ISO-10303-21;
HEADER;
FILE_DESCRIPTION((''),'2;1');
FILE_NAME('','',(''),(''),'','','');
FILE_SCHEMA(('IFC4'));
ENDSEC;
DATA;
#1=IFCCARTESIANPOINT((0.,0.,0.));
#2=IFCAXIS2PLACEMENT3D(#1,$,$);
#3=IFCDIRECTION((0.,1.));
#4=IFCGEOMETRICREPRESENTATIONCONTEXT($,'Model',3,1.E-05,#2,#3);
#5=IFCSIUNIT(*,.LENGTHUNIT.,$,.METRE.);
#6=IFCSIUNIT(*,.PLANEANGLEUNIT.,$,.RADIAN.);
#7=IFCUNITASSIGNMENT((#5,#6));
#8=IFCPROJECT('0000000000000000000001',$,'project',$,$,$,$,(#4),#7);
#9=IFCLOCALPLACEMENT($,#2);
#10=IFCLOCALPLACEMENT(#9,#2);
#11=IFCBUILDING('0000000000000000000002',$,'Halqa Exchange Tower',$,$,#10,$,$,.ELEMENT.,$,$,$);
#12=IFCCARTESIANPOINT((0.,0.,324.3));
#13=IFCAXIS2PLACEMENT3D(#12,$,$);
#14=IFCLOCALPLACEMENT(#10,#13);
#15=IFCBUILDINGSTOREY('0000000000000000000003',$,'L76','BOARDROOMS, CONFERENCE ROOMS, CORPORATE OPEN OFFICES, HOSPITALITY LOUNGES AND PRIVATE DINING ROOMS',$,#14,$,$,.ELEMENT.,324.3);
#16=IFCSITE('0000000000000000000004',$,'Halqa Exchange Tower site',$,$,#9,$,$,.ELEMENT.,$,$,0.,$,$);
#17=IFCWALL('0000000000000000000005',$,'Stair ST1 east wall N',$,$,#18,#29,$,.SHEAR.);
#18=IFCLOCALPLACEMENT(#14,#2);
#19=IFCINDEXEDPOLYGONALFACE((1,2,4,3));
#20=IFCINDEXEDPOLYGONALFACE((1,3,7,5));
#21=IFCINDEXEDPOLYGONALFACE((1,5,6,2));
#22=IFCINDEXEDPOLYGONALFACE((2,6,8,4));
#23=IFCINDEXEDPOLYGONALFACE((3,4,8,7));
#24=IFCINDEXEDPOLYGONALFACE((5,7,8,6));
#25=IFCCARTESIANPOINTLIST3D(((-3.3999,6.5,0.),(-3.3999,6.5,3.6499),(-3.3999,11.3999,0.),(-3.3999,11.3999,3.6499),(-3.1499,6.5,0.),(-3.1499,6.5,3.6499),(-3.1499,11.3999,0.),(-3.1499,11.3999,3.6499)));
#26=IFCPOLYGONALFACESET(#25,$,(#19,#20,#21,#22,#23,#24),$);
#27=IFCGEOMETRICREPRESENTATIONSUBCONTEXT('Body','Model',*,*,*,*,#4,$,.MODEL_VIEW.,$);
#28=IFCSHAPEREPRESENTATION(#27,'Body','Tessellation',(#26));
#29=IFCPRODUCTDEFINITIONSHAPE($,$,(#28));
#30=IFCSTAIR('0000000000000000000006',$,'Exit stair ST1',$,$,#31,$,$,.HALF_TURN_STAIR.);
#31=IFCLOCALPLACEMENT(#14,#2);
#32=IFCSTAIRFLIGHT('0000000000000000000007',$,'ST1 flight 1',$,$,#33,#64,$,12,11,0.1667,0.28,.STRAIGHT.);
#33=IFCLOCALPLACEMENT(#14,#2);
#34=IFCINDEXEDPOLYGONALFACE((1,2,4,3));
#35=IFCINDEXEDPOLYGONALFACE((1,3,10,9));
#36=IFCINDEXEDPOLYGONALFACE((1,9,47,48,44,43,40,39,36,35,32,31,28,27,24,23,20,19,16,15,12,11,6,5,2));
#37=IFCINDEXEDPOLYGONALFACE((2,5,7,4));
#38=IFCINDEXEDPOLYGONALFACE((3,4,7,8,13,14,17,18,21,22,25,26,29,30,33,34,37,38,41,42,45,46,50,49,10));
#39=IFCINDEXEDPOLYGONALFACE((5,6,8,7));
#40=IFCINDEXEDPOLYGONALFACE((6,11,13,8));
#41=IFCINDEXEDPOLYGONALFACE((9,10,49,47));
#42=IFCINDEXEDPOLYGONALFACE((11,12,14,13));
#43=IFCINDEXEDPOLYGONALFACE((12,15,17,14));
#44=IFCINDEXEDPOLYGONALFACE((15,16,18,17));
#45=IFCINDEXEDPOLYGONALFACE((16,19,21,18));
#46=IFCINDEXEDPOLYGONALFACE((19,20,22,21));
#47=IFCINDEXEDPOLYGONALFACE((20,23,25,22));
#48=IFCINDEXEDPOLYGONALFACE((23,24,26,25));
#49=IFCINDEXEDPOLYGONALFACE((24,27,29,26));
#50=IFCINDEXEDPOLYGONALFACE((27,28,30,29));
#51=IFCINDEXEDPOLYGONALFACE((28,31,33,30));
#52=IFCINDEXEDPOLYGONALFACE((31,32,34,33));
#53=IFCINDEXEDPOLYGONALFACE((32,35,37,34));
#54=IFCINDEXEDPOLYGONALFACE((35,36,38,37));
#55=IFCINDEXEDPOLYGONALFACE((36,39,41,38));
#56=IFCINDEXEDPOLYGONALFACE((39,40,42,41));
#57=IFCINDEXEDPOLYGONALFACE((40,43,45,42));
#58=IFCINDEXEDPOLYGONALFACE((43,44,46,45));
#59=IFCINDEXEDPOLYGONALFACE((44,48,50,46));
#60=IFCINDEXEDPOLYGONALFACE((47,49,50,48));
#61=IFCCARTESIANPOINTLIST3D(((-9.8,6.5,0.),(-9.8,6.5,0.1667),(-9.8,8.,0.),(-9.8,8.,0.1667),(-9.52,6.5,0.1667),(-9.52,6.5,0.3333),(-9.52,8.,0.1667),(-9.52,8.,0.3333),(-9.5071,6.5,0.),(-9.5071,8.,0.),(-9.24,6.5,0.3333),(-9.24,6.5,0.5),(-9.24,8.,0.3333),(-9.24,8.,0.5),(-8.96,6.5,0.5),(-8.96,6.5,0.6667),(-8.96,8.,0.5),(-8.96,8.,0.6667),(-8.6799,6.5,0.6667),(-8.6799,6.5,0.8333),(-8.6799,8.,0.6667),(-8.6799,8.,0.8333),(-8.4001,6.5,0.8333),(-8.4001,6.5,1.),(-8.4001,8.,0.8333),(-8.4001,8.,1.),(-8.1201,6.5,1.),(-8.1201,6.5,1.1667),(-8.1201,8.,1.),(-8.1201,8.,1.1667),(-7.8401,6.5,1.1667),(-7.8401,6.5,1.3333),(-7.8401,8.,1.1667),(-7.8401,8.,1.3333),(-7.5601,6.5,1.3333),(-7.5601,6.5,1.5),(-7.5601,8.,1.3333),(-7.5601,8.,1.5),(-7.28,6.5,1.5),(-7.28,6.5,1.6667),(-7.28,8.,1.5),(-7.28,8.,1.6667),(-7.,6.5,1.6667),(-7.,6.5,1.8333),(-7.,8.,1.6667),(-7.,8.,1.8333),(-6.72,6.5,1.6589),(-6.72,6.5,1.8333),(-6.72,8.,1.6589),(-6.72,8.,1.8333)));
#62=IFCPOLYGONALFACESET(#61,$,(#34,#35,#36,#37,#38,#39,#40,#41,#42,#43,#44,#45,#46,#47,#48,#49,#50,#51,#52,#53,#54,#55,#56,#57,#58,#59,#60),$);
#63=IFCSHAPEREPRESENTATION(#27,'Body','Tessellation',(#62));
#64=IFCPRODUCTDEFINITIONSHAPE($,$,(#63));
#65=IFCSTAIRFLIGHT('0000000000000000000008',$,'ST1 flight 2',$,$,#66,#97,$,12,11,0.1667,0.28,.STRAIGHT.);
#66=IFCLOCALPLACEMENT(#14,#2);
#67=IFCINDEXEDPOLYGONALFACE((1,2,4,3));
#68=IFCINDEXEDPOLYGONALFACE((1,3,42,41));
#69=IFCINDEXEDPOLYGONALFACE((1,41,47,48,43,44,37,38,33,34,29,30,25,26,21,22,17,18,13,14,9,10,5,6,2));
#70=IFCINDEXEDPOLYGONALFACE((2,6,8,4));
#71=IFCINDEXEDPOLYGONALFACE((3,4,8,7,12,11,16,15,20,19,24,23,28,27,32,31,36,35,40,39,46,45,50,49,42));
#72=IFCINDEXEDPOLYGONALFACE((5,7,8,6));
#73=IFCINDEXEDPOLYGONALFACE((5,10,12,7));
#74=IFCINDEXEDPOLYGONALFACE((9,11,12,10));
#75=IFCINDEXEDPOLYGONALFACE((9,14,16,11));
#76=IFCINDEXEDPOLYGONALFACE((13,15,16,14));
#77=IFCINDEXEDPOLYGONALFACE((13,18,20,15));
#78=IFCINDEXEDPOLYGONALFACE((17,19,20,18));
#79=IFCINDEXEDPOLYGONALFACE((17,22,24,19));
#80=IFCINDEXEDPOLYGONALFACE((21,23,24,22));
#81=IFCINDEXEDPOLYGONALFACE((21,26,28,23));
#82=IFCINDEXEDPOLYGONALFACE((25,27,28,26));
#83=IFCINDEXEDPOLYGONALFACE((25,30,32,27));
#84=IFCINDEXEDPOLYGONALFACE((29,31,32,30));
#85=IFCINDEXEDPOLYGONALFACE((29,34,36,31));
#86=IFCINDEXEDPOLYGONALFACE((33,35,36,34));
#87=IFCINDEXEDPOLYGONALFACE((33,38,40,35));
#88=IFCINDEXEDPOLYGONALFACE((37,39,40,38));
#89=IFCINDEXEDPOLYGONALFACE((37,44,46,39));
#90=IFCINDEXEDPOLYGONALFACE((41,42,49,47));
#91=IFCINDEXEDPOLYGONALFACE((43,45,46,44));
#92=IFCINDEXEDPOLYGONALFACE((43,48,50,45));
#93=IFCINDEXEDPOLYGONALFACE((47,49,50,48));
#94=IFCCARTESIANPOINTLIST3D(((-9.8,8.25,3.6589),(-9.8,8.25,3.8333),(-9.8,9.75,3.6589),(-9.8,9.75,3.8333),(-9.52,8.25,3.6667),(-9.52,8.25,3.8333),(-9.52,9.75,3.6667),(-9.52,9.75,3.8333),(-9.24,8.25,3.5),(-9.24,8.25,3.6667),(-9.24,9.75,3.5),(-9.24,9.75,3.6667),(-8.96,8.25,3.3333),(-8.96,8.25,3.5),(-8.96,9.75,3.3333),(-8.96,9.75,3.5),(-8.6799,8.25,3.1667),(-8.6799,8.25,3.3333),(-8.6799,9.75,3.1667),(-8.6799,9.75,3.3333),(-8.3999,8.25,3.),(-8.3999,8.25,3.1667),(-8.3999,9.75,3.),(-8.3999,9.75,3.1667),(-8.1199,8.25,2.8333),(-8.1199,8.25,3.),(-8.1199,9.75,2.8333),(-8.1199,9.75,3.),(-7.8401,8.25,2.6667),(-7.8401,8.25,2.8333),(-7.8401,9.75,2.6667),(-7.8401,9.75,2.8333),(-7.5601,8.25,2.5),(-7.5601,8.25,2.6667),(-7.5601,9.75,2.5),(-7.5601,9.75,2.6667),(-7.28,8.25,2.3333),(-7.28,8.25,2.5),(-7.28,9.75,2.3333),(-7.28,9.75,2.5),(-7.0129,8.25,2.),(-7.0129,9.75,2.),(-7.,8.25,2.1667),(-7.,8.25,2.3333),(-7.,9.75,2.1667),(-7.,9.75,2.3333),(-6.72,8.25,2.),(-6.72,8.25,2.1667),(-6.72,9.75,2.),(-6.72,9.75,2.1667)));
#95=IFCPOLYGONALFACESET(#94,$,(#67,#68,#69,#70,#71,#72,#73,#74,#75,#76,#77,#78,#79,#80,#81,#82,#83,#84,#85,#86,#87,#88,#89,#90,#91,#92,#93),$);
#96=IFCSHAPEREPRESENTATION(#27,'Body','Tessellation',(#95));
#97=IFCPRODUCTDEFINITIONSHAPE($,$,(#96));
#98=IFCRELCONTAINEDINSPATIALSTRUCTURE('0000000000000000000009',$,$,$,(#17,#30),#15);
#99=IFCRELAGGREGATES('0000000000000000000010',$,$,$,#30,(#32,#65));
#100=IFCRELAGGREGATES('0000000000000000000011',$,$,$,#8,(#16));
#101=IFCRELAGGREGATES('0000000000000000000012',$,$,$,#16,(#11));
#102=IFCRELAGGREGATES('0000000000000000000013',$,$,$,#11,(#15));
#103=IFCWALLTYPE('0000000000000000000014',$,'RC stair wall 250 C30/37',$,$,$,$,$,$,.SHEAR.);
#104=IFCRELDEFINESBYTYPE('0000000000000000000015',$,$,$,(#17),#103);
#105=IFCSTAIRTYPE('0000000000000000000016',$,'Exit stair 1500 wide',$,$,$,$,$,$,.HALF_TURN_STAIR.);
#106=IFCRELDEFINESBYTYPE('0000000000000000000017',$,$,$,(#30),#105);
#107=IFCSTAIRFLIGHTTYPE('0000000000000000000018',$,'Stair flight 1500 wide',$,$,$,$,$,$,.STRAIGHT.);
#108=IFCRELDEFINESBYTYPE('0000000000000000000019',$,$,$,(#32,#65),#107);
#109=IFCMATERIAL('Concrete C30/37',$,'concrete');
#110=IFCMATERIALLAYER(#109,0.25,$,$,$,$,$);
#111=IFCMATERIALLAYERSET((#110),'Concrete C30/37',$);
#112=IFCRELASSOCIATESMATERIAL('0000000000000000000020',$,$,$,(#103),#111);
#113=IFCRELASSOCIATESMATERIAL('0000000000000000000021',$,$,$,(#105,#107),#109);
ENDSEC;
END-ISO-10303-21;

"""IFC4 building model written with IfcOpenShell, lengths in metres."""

from ifc_helpers import new_model, si_unit, direction, frame, frame_2d, origin, place, context, subcontext, project, spatial, polyline, rectangle, outline, extrude, material, layer, layer_set, type_object, element, aggregate, save


model = new_model("IFC4")

# Units and contexts
model_context = context("Model", 3, precision=1e-05, world=origin(), true_north=direction((0.0, 1.0)))
body_context = subcontext(model_context, "Body", "Model", "MODEL_VIEW")
ifc_project = project(units=[si_unit("LENGTHUNIT", "METRE"), si_unit("PLANEANGLEUNIT", "RADIAN")], contexts=[model_context])

# Site, building, storey
site_placement = place(None, origin())
site = spatial("IfcSite", under=ifc_project, at=site_placement, Name="Halqa Exchange Tower site", CompositionType="ELEMENT", RefElevation=0.0)
building_placement = place(site_placement, origin())
building = spatial("IfcBuilding", under=site, at=building_placement, Name="Halqa Exchange Tower", CompositionType="ELEMENT")
storey_placement = place(building_placement, frame((0.0, 0.0, 324.3)))
storey = spatial("IfcBuildingStorey", under=building, at=storey_placement, Name="L76", Description="BOARDROOMS, CONFERENCE ROOMS, CORPORATE OPEN OFFICES, HOSPITALITY LOUNGES AND PRIVATE DINING ROOMS", CompositionType="ELEMENT", Elevation=324.3)

# Wall
ifc_material_1 = material(Name="Concrete C30/37", Category="concrete")
ifc_layer_1 = layer(ifc_material_1, 0.25)
ifc_layer_set_1 = layer_set([ifc_layer_1], Name="Concrete C30/37")
wall_type_1 = type_object("IfcWallType", Name="RC stair wall 250 C30/37", PredefinedType="SHEAR", material=ifc_layer_set_1)
wall_1_placement = place(storey_placement, frame((-3.2749, 6.5, 0.0), z_axis=(0.0, 0.0, 1.0), x_axis=(0.0, 1.0, 0.0)))
element("IfcWall", 1, at=wall_1_placement, inside=storey, type_object=wall_type_1, Name="Stair ST1 east wall N", PredefinedType="SHEAR", context=body_context, shape_type="SweptSolid", body=[
    extrude(rectangle(XDim=4.8999, YDim=0.25, at=frame_2d((2.45, 0.0))), origin(), (0.0, 0.0, 1.0), 3.6499),
])

# Stair, stair flights
stair_type = type_object("IfcStairType", Name="Exit stair 1500 wide", PredefinedType="HALF_TURN_STAIR", material=ifc_material_1)
stair_placement = place(storey_placement, origin())
stair = element("IfcStair", 2, at=stair_placement, inside=storey, type_object=stair_type, Name="Exit stair ST1", PredefinedType="HALF_TURN_STAIR")
stair_flight_type = type_object("IfcStairFlightType", Name="Stair flight 1500 wide", PredefinedType="STRAIGHT", material=ifc_material_1)
stair_flight_1_placement = place(storey_placement, frame((-9.8, 7.25, 0.0), z_axis=(0.0, 0.0, 1.0), x_axis=(1.0, 0.0, 0.0)))
stair_flight_1 = element("IfcStairFlight", 3, at=stair_flight_1_placement, type_object=stair_flight_type, Name="ST1 flight 1", NumberOfRisers=12, NumberOfTreads=11, PredefinedType="STRAIGHT", RiserHeight=0.1667, TreadLength=0.28, context=body_context, shape_type="SweptSolid", body=[
    extrude(outline(polyline([(0.0, 0.0), (0.0, 0.1667), (0.28, 0.1667), (0.28, 0.3333), (0.5601, 0.3333), (0.5601, 0.5), (0.8401, 0.5), (0.8401, 0.6667), (1.1201, 0.6667), (1.1201, 0.8333), (1.3999, 0.8333), (1.3999, 1.0), (1.6799, 1.0), (1.6799, 1.1667), (1.96, 1.1667), (1.96, 1.3333), (2.24, 1.3333), (2.24, 1.5), (2.52, 1.5), (2.52, 1.6667), (2.8, 1.6667), (2.8, 1.8333), (3.0801, 1.8333), (3.0801, 2.0), (3.0801, 1.6589), (0.293, 0.0), (0.0, 0.0)])), frame((0.0, 0.75, 0.0), z_axis=(0.0, -1.0, 0.0), x_axis=(1.0, 0.0, 0.0)), (0.0, 0.0, 1.0), 1.5),
])
stair_flight_2_placement = place(storey_placement, frame((-6.72, 9.0, 2.0), z_axis=(0.0, 0.0, 1.0), x_axis=(-1.0, 0.0, 0.0)))
stair_flight_2 = element("IfcStairFlight", 4, at=stair_flight_2_placement, type_object=stair_flight_type, Name="ST1 flight 2", NumberOfRisers=12, NumberOfTreads=11, PredefinedType="STRAIGHT", RiserHeight=0.1667, TreadLength=0.28, context=body_context, shape_type="SweptSolid", body=[
    extrude(outline(polyline([(0.0, 0.0), (0.0, 0.1667), (0.28, 0.1667), (0.28, 0.3333), (0.5601, 0.3333), (0.5601, 0.5), (0.8401, 0.5), (0.8401, 0.6667), (1.1201, 0.6667), (1.1201, 0.8333), (1.3999, 0.8333), (1.3999, 1.0), (1.6799, 1.0), (1.6799, 1.1667), (1.96, 1.1667), (1.96, 1.3333), (2.24, 1.3333), (2.24, 1.5), (2.52, 1.5), (2.52, 1.6667), (2.8, 1.6667), (2.8, 1.8333), (3.0801, 1.8333), (3.0801, 2.0), (3.0801, 1.6589), (0.293, 0.0), (0.0, 0.0)])), frame((0.0, 0.75, 0.0), z_axis=(0.0, -1.0, 0.0), x_axis=(1.0, 0.0, 0.0)), (0.0, 0.0, 1.0), 1.5),
])
aggregate(stair, [stair_flight_1, stair_flight_2])

save(model, "model.ifc")
